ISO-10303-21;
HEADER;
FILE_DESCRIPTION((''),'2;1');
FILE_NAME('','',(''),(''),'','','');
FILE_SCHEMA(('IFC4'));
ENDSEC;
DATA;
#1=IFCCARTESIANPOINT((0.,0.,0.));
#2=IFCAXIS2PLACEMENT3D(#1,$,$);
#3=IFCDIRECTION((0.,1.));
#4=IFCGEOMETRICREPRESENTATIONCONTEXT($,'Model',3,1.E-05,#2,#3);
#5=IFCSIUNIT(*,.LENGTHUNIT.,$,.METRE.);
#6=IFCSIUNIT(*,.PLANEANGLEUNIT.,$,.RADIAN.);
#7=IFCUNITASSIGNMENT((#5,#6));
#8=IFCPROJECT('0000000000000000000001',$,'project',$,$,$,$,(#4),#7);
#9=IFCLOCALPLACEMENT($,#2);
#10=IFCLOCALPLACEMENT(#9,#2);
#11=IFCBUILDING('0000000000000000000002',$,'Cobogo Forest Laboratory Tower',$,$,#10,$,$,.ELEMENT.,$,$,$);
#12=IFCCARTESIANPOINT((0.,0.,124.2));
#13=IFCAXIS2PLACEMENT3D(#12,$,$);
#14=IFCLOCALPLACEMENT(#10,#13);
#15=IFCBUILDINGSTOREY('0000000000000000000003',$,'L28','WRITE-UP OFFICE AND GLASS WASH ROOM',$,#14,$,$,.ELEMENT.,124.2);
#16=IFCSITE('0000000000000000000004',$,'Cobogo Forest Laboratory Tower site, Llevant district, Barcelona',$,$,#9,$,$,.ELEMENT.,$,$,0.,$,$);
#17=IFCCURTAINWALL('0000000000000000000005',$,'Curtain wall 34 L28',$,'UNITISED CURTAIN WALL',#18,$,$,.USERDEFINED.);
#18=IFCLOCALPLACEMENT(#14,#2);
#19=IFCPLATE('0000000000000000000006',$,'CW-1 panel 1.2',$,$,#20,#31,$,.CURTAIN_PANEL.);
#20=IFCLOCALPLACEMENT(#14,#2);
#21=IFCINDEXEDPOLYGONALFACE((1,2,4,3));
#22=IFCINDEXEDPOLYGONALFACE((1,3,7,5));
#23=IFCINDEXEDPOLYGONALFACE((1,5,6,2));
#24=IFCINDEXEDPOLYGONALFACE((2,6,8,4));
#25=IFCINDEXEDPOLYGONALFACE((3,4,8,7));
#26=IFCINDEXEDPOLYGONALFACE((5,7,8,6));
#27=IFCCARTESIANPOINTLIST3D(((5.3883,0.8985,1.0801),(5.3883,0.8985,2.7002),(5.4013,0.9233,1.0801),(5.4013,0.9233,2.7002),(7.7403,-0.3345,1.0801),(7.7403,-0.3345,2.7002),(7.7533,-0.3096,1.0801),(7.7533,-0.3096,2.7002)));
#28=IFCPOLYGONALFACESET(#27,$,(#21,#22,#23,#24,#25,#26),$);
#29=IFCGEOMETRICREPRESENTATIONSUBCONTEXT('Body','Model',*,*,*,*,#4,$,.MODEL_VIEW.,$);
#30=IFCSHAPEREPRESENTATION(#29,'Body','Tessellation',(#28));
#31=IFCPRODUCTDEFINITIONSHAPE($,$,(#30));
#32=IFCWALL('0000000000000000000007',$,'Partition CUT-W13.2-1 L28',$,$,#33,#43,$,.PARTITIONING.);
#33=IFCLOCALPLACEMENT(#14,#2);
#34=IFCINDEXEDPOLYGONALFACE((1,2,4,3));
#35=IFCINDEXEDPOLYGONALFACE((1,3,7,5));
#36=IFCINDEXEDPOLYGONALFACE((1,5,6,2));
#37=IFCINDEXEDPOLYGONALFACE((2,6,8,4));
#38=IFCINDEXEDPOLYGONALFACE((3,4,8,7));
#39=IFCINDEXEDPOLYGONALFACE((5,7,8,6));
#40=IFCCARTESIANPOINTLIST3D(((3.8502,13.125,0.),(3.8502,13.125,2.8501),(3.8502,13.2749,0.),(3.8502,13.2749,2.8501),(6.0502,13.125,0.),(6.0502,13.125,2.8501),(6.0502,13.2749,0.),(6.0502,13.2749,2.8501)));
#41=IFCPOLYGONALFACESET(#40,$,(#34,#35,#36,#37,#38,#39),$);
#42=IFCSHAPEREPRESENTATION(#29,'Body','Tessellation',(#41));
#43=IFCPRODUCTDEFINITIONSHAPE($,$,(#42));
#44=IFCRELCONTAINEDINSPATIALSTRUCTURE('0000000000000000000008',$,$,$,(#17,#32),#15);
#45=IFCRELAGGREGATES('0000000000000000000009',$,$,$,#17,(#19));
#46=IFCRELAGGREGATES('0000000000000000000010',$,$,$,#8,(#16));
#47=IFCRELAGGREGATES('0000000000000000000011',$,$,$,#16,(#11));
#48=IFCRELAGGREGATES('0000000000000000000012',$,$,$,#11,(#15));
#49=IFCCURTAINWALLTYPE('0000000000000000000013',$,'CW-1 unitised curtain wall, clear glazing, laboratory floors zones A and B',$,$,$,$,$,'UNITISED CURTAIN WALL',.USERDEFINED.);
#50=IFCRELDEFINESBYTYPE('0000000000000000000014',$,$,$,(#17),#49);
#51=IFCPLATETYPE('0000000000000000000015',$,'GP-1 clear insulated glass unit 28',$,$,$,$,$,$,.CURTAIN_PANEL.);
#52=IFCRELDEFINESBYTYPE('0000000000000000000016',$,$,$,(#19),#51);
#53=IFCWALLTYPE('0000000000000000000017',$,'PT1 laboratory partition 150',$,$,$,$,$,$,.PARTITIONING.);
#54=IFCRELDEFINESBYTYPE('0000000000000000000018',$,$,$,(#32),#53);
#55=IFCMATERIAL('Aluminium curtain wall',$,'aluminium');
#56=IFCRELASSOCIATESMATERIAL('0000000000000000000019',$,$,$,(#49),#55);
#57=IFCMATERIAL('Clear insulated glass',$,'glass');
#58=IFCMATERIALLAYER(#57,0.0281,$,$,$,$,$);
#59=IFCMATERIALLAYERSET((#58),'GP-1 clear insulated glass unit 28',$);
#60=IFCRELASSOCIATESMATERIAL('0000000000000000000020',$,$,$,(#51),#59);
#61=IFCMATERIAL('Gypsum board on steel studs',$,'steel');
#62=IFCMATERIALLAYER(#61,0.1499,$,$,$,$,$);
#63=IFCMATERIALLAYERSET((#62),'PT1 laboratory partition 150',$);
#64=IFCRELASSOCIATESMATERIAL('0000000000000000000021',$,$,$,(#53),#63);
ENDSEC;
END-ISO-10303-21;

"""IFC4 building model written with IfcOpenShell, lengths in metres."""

from ifc_helpers import new_model, si_unit, direction, frame, frame_2d, origin, origin_2d, place, context, subcontext, project, spatial, rectangle, extrude, material, layer, layer_set, type_object, element, aggregate, save


model = new_model("IFC4")

# Units and contexts
model_context = context("Model", 3, precision=1e-05, world=origin(), true_north=direction((0.0, 1.0)))
body_context = subcontext(model_context, "Body", "Model", "MODEL_VIEW")
ifc_project = project(units=[si_unit("LENGTHUNIT", "METRE"), si_unit("PLANEANGLEUNIT", "RADIAN")], contexts=[model_context])

# Site, building, storey
site_placement = place(None, origin())
site = spatial("IfcSite", under=ifc_project, at=site_placement, Name="Cobogo Forest Laboratory Tower site, Llevant district, Barcelona", CompositionType="ELEMENT", RefElevation=0.0)
building_placement = place(site_placement, origin())
building = spatial("IfcBuilding", under=site, at=building_placement, Name="Cobogo Forest Laboratory Tower", CompositionType="ELEMENT")
storey_placement = place(building_placement, frame((0.0, 0.0, 124.2)))
storey = spatial("IfcBuildingStorey", under=building, at=storey_placement, Name="L28", Description="WRITE-UP OFFICE AND GLASS WASH ROOM", CompositionType="ELEMENT", Elevation=124.2)

# Shared definitions
ifc_material_1 = material(Name="Aluminium curtain wall", Category="aluminium")
curtain_wall_type = type_object("IfcCurtainWallType", Name="CW-1 unitised curtain wall, clear glazing, laboratory floors zones A and B", ElementType="UNITISED CURTAIN WALL", PredefinedType="USERDEFINED", material=ifc_material_1)

# Curtain wall
curtain_wall_1_placement = place(storey_placement, origin())
curtain_wall_1 = element("IfcCurtainWall", 1, at=curtain_wall_1_placement, inside=storey, type_object=curtain_wall_type, Name="Curtain wall 34 L28", ObjectType="UNITISED CURTAIN WALL", PredefinedType="USERDEFINED")

# Plate
ifc_material_2 = material(Name="Clear insulated glass", Category="glass")
ifc_layer_1 = layer(ifc_material_2, 0.0281)
ifc_layer_set_1 = layer_set([ifc_layer_1], Name="GP-1 clear insulated glass unit 28")
plate_type = type_object("IfcPlateType", Name="GP-1 clear insulated glass unit 28", PredefinedType="CURTAIN_PANEL", material=ifc_layer_set_1)
plate_1_placement = place(storey_placement, frame((6.5708, 0.2944, 1.0801), z_axis=(0.0, 0.0, 1.0), x_axis=(0.885687, -0.464284, 0.0)))
plate_1 = element("IfcPlate", 2, at=plate_1_placement, type_object=plate_type, Name="CW-1 panel 1.2", PredefinedType="CURTAIN_PANEL", context=body_context, shape_type="SweptSolid", body=[
    extrude(rectangle(XDim=2.6555, YDim=0.0281, at=origin_2d()), origin(), (0.0, 0.0, 1.0), 1.6201),
])
aggregate(curtain_wall_1, [plate_1])

# Wall
ifc_material_3 = material(Name="Gypsum board on steel studs", Category="steel")
ifc_layer_2 = layer(ifc_material_3, 0.1499)
ifc_layer_set_2 = layer_set([ifc_layer_2], Name="PT1 laboratory partition 150")
wall_type = type_object("IfcWallType", Name="PT1 laboratory partition 150", PredefinedType="PARTITIONING", material=ifc_layer_set_2)
wall_placement = place(storey_placement, frame((3.8501, 13.2, 0.0), z_axis=(0.0, 0.0, 1.0), x_axis=(1.0, 0.0, 0.0)))
element("IfcWall", 3, at=wall_placement, inside=storey, type_object=wall_type, Name="Partition CUT-W13.2-1 L28", PredefinedType="PARTITIONING", context=body_context, shape_type="SweptSolid", body=[
    extrude(rectangle(XDim=2.2, YDim=0.1499, at=frame_2d((1.1001, 0.0))), origin(), (0.0, 0.0, 1.0), 2.8501),
])

save(model, "model.ifc")
